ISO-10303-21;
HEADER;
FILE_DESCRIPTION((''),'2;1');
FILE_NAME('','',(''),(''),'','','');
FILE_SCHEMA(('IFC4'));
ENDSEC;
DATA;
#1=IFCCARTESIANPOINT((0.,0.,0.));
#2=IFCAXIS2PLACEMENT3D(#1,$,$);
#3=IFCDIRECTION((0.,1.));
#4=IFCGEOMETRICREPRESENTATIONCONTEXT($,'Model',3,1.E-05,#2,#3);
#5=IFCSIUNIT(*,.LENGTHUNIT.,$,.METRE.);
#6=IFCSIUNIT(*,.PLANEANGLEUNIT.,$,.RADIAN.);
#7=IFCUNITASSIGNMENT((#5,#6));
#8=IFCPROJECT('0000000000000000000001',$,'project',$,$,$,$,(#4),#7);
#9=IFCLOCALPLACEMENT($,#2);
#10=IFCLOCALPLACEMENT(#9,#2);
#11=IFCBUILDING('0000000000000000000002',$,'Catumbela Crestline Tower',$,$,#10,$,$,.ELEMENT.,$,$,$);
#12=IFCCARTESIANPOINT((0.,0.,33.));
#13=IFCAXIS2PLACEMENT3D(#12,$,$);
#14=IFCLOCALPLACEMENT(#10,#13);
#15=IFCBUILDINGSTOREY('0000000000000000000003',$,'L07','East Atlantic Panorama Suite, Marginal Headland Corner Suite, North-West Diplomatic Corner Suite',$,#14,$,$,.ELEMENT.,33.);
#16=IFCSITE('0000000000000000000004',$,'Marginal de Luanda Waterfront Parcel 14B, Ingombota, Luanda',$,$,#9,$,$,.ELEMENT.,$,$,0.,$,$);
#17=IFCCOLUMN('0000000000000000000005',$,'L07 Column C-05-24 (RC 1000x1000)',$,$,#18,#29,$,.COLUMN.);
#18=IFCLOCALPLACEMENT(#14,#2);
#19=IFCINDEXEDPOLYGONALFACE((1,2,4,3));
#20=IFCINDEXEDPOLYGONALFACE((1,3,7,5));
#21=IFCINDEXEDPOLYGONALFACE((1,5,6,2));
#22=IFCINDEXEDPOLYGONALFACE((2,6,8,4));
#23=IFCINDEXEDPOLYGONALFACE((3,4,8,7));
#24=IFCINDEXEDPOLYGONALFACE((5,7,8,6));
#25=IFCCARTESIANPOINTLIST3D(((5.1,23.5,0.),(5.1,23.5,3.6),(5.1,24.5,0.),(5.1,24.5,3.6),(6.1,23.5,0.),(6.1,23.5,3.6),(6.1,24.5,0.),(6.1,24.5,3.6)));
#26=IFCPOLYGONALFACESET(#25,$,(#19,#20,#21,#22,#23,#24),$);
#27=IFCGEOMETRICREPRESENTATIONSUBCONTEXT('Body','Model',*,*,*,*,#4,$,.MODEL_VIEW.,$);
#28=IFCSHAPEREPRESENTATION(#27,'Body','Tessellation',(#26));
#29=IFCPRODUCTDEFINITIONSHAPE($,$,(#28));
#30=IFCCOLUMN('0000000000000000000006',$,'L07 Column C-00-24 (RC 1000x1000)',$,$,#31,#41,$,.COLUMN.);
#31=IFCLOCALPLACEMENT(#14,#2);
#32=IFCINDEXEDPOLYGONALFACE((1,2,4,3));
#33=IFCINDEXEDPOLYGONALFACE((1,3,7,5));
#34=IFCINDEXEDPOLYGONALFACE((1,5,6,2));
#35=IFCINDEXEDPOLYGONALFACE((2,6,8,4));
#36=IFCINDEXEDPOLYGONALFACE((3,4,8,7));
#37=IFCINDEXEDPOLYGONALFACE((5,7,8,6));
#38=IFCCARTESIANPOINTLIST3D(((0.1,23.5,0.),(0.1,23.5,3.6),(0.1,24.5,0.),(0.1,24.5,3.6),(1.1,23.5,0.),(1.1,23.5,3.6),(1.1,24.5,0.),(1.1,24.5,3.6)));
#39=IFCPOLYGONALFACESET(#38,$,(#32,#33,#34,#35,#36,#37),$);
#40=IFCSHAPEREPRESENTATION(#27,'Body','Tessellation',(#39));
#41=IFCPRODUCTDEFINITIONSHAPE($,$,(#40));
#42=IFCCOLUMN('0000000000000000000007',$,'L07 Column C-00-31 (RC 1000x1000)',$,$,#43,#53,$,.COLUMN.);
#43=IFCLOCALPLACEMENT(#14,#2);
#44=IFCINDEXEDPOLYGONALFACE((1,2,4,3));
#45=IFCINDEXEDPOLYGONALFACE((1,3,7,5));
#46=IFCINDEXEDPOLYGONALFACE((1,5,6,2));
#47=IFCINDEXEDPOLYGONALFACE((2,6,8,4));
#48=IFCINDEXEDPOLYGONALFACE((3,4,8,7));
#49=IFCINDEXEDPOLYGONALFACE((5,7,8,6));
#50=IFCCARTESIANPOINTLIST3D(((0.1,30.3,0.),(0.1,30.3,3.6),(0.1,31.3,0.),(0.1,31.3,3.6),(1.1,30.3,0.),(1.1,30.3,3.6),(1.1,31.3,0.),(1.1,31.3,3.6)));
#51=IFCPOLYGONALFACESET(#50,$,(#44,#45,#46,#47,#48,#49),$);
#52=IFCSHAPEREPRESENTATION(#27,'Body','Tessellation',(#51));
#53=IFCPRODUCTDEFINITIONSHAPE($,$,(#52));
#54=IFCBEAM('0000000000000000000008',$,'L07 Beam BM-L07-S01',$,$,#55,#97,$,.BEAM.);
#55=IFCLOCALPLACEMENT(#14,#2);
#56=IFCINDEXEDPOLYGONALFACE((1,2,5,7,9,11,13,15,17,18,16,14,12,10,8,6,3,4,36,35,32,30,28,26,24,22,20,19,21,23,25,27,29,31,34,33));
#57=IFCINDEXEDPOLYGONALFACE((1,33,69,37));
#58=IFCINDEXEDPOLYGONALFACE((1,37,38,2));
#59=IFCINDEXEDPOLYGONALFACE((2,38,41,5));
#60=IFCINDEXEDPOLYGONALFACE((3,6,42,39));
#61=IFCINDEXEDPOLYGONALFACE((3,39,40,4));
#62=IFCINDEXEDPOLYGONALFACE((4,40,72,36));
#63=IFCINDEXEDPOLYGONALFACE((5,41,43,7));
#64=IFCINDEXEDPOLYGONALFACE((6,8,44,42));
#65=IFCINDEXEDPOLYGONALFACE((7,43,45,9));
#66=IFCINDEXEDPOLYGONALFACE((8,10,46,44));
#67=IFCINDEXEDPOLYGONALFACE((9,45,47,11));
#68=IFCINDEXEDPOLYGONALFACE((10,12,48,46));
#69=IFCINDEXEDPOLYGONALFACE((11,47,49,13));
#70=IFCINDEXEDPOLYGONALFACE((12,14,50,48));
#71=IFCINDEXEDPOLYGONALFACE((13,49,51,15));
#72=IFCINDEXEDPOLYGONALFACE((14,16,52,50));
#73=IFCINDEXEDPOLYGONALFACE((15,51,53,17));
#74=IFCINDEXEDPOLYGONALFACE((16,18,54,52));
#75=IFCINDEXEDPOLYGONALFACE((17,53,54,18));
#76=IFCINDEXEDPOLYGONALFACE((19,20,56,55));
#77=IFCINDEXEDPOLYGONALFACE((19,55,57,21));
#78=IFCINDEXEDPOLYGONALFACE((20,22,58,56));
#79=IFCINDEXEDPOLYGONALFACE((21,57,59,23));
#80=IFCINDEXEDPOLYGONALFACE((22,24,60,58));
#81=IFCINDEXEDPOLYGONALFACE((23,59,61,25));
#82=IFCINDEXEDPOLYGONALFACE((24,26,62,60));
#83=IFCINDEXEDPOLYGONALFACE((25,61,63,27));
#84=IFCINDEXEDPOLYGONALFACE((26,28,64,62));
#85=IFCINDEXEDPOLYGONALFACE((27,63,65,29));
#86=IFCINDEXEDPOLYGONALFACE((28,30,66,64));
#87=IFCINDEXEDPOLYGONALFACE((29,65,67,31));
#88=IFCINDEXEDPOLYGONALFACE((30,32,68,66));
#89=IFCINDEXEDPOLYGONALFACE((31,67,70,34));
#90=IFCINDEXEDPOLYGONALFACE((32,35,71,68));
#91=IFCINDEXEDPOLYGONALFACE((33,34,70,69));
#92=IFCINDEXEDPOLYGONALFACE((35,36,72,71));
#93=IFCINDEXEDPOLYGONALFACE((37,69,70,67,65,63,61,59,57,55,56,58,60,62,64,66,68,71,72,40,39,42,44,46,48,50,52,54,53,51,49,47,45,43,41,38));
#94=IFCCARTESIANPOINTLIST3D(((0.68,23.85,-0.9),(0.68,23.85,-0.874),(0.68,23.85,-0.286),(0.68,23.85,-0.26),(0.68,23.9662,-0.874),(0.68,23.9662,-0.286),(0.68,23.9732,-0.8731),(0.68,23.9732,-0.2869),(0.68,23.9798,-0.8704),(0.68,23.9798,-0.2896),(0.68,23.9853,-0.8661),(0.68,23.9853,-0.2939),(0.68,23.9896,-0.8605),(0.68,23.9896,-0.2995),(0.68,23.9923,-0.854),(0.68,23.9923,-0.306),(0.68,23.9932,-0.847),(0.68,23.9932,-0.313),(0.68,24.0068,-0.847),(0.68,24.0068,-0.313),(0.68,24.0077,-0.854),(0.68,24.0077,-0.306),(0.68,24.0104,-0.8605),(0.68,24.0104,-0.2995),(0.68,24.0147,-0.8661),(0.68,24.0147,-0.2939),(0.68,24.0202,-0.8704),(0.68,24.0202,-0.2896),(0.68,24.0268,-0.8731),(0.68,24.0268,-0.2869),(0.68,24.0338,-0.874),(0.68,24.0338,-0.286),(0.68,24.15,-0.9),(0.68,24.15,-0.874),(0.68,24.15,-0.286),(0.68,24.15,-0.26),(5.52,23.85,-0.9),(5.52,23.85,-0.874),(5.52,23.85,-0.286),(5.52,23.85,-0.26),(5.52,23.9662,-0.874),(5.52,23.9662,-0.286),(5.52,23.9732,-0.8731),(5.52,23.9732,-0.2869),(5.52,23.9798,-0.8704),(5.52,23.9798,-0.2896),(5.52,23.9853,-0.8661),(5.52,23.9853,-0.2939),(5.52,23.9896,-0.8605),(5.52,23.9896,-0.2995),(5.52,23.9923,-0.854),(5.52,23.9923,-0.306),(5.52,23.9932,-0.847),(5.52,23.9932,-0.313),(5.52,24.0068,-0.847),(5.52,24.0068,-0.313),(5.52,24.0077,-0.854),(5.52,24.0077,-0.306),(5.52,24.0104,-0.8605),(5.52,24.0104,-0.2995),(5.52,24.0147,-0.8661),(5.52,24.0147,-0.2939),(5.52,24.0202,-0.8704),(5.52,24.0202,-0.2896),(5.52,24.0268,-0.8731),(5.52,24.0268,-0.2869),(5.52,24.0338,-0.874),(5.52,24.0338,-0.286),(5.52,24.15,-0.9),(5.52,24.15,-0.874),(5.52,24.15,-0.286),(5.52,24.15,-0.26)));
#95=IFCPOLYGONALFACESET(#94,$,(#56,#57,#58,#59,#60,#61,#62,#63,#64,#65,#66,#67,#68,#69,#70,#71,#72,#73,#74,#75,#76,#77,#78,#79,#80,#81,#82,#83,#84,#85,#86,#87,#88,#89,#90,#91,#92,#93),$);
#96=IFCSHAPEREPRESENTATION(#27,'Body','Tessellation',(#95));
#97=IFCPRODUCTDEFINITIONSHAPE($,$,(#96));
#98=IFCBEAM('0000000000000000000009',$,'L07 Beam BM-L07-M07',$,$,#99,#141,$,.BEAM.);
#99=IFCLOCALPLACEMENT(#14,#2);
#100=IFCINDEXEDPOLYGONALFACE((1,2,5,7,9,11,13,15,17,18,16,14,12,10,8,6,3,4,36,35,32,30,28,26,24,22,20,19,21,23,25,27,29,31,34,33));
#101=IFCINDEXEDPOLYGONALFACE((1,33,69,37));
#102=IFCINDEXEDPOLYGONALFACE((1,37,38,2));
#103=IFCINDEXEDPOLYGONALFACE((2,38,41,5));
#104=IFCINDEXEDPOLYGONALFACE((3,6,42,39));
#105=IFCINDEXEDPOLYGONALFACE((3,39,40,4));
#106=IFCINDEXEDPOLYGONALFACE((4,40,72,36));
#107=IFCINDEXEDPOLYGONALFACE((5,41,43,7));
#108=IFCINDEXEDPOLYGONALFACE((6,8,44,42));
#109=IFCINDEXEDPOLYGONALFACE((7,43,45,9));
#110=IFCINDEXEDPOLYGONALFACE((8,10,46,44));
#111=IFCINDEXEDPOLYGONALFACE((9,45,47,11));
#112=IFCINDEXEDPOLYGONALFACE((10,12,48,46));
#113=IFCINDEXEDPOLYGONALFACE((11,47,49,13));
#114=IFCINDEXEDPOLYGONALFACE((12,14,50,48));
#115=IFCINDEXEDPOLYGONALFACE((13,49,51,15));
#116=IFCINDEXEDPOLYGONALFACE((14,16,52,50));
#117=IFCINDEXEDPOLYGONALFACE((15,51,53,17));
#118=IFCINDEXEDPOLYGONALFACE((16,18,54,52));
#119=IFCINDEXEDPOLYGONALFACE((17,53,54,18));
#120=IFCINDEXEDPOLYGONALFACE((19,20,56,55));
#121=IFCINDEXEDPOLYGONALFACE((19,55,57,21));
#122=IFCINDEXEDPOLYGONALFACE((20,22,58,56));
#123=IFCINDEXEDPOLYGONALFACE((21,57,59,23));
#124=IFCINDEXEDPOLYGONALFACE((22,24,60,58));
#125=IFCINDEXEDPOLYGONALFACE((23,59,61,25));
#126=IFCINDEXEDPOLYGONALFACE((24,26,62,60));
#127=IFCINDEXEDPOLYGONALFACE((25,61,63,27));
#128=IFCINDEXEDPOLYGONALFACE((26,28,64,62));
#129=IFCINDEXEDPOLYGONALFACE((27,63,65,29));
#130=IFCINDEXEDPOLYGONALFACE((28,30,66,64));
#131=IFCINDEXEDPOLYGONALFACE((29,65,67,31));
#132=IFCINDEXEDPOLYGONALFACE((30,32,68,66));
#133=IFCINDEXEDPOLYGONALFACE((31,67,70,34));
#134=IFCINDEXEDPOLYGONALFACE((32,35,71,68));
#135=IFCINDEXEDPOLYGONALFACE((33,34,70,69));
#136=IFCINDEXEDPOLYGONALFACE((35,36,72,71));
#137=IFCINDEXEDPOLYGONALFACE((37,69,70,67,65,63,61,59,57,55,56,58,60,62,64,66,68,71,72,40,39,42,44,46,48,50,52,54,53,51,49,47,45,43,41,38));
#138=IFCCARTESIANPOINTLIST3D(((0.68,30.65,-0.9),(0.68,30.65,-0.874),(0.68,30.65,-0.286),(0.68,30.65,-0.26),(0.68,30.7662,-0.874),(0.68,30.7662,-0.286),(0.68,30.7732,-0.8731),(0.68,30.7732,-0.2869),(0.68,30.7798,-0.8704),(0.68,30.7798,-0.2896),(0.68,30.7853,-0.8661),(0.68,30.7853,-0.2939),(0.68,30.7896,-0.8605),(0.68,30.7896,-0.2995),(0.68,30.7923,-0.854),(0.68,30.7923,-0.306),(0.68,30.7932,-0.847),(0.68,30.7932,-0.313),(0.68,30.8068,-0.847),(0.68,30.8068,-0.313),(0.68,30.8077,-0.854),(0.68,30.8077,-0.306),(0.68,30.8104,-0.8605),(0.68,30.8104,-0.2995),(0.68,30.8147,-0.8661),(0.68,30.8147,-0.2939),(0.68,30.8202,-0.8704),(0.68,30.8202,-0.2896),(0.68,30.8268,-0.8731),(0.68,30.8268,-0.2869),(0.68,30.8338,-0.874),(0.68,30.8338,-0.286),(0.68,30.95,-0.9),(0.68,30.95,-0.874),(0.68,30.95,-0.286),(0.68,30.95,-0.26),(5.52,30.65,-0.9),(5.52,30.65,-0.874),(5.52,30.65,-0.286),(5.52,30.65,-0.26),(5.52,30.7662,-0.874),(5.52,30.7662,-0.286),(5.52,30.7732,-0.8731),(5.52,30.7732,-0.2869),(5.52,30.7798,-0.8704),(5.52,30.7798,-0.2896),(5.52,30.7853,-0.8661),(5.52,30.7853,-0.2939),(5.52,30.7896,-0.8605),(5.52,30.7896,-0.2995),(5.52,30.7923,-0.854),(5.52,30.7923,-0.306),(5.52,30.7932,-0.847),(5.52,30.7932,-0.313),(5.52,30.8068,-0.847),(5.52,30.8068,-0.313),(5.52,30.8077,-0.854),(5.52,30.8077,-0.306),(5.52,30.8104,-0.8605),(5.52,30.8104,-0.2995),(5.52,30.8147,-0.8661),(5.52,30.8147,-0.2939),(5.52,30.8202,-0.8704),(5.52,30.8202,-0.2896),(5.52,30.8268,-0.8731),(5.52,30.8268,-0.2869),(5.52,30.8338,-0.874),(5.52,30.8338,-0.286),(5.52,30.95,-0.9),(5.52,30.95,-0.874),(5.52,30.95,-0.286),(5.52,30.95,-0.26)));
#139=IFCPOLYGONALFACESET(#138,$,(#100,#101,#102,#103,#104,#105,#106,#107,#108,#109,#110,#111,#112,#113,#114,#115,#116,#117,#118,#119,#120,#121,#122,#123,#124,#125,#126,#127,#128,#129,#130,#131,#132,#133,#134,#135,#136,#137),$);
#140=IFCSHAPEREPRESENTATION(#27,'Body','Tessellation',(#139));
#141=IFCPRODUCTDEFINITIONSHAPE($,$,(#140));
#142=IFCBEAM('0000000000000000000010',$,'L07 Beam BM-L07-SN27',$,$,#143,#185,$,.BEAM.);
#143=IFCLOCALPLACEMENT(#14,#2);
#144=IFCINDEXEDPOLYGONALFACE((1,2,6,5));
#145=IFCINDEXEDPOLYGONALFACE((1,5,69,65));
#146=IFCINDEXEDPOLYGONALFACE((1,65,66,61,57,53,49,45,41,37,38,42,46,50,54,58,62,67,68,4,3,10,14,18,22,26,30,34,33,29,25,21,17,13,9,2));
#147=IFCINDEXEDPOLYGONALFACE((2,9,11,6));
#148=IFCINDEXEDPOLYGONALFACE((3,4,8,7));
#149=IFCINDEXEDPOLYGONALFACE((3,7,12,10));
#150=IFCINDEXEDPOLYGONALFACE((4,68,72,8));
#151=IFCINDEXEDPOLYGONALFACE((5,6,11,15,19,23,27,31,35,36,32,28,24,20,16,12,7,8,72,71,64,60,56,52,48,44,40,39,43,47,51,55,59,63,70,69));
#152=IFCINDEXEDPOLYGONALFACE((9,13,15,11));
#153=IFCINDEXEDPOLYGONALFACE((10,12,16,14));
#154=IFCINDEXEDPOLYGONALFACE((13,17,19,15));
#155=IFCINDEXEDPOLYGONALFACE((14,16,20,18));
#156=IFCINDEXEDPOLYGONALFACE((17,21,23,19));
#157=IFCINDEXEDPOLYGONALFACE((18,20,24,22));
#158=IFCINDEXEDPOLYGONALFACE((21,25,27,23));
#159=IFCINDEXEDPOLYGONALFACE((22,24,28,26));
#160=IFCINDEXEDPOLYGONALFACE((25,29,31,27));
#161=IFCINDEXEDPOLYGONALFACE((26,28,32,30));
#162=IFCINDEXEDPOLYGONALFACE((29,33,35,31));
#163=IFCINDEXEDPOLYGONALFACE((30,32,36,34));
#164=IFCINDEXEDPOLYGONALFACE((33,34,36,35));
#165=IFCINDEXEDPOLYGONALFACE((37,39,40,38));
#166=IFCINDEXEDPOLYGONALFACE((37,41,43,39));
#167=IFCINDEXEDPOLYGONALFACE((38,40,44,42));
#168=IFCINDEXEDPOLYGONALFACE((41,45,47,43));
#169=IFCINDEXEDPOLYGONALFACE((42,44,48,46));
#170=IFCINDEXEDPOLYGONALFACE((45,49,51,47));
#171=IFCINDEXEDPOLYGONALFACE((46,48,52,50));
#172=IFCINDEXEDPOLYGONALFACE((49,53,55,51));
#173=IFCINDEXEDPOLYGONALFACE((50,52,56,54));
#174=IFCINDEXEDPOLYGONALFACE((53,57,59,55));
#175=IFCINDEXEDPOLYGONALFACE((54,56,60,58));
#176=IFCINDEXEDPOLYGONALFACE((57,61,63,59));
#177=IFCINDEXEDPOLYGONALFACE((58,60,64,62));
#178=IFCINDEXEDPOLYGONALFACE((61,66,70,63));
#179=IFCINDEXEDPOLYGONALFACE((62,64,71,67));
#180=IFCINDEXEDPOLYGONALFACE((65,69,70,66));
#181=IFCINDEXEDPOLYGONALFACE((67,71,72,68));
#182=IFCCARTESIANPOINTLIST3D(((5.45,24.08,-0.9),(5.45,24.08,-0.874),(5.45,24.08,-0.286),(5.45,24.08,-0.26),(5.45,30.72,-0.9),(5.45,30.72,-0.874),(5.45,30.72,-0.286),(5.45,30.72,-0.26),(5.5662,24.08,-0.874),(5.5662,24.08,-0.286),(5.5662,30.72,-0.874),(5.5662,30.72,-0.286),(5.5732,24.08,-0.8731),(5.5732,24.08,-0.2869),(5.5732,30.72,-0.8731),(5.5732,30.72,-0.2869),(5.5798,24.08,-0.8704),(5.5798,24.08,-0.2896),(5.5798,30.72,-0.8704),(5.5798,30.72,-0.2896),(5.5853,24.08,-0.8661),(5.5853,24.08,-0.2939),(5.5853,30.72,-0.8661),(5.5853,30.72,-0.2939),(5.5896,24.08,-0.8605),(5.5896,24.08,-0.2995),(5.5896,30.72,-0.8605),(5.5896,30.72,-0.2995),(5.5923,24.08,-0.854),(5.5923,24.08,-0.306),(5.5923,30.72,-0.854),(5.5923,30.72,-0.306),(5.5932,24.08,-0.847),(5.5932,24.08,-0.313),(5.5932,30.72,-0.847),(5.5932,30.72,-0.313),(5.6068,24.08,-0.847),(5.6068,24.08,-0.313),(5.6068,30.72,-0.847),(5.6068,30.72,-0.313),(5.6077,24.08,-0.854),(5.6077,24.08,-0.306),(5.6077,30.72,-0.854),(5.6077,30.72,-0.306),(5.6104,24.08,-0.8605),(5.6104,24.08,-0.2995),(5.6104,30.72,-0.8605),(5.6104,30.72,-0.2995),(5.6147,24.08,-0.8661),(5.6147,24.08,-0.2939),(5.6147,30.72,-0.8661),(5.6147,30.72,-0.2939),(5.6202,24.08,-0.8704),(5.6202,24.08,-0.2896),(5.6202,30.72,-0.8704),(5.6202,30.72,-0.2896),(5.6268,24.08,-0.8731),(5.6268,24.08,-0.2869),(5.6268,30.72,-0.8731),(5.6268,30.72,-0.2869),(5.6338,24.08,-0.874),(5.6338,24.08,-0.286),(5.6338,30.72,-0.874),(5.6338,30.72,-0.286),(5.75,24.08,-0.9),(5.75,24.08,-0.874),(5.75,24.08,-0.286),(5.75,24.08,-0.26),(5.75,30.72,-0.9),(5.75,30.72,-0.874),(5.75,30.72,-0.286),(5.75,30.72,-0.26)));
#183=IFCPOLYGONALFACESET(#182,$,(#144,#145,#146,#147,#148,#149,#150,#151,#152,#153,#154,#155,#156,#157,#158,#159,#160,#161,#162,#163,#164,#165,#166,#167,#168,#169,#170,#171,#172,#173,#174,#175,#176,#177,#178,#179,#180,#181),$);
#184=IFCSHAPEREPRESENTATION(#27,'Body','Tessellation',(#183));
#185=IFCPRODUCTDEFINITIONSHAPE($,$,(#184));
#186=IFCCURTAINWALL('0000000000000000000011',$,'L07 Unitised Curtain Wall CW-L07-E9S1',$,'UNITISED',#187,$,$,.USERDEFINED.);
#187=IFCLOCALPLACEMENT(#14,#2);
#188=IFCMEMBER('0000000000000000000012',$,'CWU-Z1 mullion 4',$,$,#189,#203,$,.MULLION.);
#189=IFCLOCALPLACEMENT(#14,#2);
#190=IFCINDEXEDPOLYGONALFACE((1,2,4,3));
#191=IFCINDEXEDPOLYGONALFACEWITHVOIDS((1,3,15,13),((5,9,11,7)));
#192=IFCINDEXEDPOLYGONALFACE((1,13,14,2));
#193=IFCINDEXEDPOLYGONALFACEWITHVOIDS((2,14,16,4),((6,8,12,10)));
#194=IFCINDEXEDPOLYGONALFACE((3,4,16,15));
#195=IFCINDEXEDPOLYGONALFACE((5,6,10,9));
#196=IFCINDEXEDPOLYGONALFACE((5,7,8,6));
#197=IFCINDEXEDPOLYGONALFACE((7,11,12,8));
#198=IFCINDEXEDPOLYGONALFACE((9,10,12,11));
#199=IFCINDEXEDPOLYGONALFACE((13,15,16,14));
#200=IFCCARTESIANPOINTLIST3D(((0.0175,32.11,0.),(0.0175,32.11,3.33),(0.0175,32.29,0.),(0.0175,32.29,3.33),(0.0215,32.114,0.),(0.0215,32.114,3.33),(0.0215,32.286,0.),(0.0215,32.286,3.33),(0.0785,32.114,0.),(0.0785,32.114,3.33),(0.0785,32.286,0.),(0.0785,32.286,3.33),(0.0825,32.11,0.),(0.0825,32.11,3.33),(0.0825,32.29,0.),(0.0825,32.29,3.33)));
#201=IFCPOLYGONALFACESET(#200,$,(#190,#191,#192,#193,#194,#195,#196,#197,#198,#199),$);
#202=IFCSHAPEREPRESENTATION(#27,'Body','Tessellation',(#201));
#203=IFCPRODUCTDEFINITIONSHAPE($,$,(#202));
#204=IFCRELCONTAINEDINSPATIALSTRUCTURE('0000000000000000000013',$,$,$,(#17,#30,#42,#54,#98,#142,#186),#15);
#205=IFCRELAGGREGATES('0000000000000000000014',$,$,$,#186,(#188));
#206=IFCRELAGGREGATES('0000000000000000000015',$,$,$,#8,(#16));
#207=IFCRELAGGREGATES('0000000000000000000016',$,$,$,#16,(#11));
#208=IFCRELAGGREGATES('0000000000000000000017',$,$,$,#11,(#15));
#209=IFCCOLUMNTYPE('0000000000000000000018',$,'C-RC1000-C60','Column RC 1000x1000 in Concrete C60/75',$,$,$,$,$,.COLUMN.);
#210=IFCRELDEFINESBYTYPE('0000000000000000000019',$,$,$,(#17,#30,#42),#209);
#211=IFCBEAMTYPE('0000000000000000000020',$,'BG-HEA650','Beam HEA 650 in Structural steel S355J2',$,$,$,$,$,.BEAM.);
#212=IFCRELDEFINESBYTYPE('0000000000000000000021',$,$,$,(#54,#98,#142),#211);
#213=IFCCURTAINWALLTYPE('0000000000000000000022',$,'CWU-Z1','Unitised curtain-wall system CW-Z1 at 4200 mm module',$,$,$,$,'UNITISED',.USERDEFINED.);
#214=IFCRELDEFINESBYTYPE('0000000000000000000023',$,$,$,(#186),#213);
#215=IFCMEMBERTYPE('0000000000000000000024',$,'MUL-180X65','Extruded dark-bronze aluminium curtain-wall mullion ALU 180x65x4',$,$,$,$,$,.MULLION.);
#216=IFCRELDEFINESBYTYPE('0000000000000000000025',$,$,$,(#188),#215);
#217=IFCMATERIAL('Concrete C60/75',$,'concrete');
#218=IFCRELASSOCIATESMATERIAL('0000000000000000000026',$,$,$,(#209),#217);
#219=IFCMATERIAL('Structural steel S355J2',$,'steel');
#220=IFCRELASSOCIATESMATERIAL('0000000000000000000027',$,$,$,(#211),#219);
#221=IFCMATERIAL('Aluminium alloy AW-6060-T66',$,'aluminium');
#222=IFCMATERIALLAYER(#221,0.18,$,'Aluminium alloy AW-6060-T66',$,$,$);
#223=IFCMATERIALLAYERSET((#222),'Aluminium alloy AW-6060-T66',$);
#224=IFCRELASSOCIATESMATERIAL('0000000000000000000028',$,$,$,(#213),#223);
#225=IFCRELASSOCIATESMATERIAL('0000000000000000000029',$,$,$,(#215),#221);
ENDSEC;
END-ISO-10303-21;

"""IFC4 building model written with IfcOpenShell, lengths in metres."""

from ifc_helpers import new_model, si_unit, direction, frame, origin, origin_2d, place, context, subcontext, project, spatial, rectangle, hollow_rectangle, i_section, extrude, material, layer, layer_set, material_profile, profile_set, type_object, element, aggregate, save


model = new_model("IFC4")

# Units and contexts
model_context = context("Model", 3, precision=1e-05, world=origin(), true_north=direction((0.0, 1.0)))
body_context = subcontext(model_context, "Body", "Model", "MODEL_VIEW")
ifc_project = project(units=[si_unit("LENGTHUNIT", "METRE"), si_unit("PLANEANGLEUNIT", "RADIAN")], contexts=[model_context])

# Site, building, storey
site_placement = place(None, origin())
site = spatial("IfcSite", under=ifc_project, at=site_placement, Name="Marginal de Luanda Waterfront Parcel 14B, Ingombota, Luanda", CompositionType="ELEMENT", RefElevation=0.0)
building_placement = place(site_placement, origin())
building = spatial("IfcBuilding", under=site, at=building_placement, Name="Catumbela Crestline Tower", CompositionType="ELEMENT")
storey_placement = place(building_placement, frame((0.0, 0.0, 33.0)))
storey = spatial("IfcBuildingStorey", under=building, at=storey_placement, Name="L07", Description="East Atlantic Panorama Suite, Marginal Headland Corner Suite, North-West Diplomatic Corner Suite", CompositionType="ELEMENT", Elevation=33.0)

# Columns
ifc_material_1 = material(Name="Concrete C60/75", Category="concrete")
ifc_material_profile_1 = material_profile(ifc_material_1, rectangle(XDim=1.0, YDim=1.0, at=origin_2d()), Name="RC 1000x1000")
ifc_profile_set_1 = profile_set([ifc_material_profile_1], Name="Concrete C60/75")
column_type = type_object("IfcColumnType", Name="C-RC1000-C60", Description="Column RC 1000x1000 in Concrete C60/75", PredefinedType="COLUMN", material=ifc_profile_set_1)
for number, where, z_axis, x_axis, name in (
    (1, (5.6, 24.0, 0.0), (0.0, 0.0, 1.0), (1.0, 0.0, 0.0), "L07 Column C-05-24 (RC 1000x1000)"),
    (2, (0.6, 24.0, 0.0), (0.0, 0.0, 1.0), (1.0, 0.0, 0.0), "L07 Column C-00-24 (RC 1000x1000)"),
    (3, (0.6, 30.8, 0.0), (0.0, 0.0, 1.0), (1.0, 0.0, 0.0), "L07 Column C-00-31 (RC 1000x1000)"),
):
    element("IfcColumn", number, at=place(storey_placement, frame(where, z_axis=z_axis, x_axis=x_axis)), inside=storey, type_object=column_type, Name=name, PredefinedType="COLUMN", context=body_context, shape_type="SweptSolid", body=[
        extrude(rectangle(XDim=1.0, YDim=1.0, at=origin_2d()), origin(), (0.0, 0.0, 1.0), 3.6),
    ])

# Beams
ifc_material_2 = material(Name="Structural steel S355J2", Category="steel")
ifc_material_profile_2 = material_profile(ifc_material_2, i_section(OverallWidth=0.3, OverallDepth=0.64, WebThickness=0.0135, FlangeThickness=0.026, FilletRadius=0.027, at=origin_2d()), Name="HEA 650")
ifc_profile_set_2 = profile_set([ifc_material_profile_2], Name="Structural steel S355J2")
beam_type_1 = type_object("IfcBeamType", Name="BG-HEA650", Description="Beam HEA 650 in Structural steel S355J2", PredefinedType="BEAM", material=ifc_profile_set_2)
for number, where, z_axis, x_axis, name in (
    (4, (0.68, 24.0, -0.58), (1.0, 0.0, 0.0), (0.0, 1.0, 0.0), "L07 Beam BM-L07-S01"),
    (5, (0.68, 30.8, -0.58), (1.0, 0.0, 0.0), (0.0, 1.0, 0.0), "L07 Beam BM-L07-M07"),
):
    element("IfcBeam", number, at=place(storey_placement, frame(where, z_axis=z_axis, x_axis=x_axis)), inside=storey, type_object=beam_type_1, Name=name, PredefinedType="BEAM", context=body_context, shape_type="SweptSolid", body=[
        extrude(i_section(OverallWidth=0.3, OverallDepth=0.64, WebThickness=0.0135, FlangeThickness=0.026, FilletRadius=0.027, at=origin_2d()), origin(), (0.0, 0.0, 1.0), 4.84),
    ])
beam_1_placement = place(storey_placement, frame((5.6, 24.08, -0.58), z_axis=(0.0, 1.0, 0.0), x_axis=(-1.0, 0.0, 0.0)))
element("IfcBeam", 6, at=beam_1_placement, inside=storey, type_object=beam_type_1, Name="L07 Beam BM-L07-SN27", PredefinedType="BEAM", context=body_context, shape_type="SweptSolid", body=[
    extrude(i_section(OverallWidth=0.3, OverallDepth=0.64, WebThickness=0.0135, FlangeThickness=0.026, FilletRadius=0.027, at=origin_2d()), origin(), (0.0, 0.0, 1.0), 6.64),
])

# Curtain wall, member
ifc_material_3 = material(Name="Aluminium alloy AW-6060-T66", Category="aluminium")
ifc_layer_1 = layer(ifc_material_3, 0.18, Name="Aluminium alloy AW-6060-T66")
ifc_layer_set_1 = layer_set([ifc_layer_1], Name="Aluminium alloy AW-6060-T66")
curtain_wall_type = type_object("IfcCurtainWallType", Name="CWU-Z1", Description="Unitised curtain-wall system CW-Z1 at 4200 mm module", ElementType="UNITISED", PredefinedType="USERDEFINED", material=ifc_layer_set_1)
curtain_wall_placement = place(storey_placement, origin())
curtain_wall = element("IfcCurtainWall", 7, at=curtain_wall_placement, inside=storey, type_object=curtain_wall_type, Name="L07 Unitised Curtain Wall CW-L07-E9S1", ObjectType="UNITISED", PredefinedType="USERDEFINED")
ifc_material_profile_3 = material_profile(ifc_material_3, hollow_rectangle(XDim=0.065, YDim=0.18, WallThickness=0.004, at=origin_2d()), Name="ALU 180x65x4")
ifc_profile_set_3 = profile_set([ifc_material_profile_3], Name="Aluminium alloy AW-6060-T66")
member_type_1 = type_object("IfcMemberType", Name="MUL-180X65", Description="Extruded dark-bronze aluminium curtain-wall mullion ALU 180x65x4", PredefinedType="MULLION", material=ifc_profile_set_3)
member_1_placement = place(storey_placement, frame((0.05, 32.2, 0.0), z_axis=(0.0, 0.0, 1.0), x_axis=(1.0, 0.0, 0.0)))
member_1 = element("IfcMember", 8, at=member_1_placement, type_object=member_type_1, Name="CWU-Z1 mullion 4", PredefinedType="MULLION", context=body_context, shape_type="SweptSolid", body=[
    extrude(hollow_rectangle(XDim=0.065, YDim=0.18, WallThickness=0.004, at=origin_2d()), origin(), (0.0, 0.0, 1.0), 3.33),
])

aggregate(curtain_wall, [member_1])

save(model, "model.ifc")
